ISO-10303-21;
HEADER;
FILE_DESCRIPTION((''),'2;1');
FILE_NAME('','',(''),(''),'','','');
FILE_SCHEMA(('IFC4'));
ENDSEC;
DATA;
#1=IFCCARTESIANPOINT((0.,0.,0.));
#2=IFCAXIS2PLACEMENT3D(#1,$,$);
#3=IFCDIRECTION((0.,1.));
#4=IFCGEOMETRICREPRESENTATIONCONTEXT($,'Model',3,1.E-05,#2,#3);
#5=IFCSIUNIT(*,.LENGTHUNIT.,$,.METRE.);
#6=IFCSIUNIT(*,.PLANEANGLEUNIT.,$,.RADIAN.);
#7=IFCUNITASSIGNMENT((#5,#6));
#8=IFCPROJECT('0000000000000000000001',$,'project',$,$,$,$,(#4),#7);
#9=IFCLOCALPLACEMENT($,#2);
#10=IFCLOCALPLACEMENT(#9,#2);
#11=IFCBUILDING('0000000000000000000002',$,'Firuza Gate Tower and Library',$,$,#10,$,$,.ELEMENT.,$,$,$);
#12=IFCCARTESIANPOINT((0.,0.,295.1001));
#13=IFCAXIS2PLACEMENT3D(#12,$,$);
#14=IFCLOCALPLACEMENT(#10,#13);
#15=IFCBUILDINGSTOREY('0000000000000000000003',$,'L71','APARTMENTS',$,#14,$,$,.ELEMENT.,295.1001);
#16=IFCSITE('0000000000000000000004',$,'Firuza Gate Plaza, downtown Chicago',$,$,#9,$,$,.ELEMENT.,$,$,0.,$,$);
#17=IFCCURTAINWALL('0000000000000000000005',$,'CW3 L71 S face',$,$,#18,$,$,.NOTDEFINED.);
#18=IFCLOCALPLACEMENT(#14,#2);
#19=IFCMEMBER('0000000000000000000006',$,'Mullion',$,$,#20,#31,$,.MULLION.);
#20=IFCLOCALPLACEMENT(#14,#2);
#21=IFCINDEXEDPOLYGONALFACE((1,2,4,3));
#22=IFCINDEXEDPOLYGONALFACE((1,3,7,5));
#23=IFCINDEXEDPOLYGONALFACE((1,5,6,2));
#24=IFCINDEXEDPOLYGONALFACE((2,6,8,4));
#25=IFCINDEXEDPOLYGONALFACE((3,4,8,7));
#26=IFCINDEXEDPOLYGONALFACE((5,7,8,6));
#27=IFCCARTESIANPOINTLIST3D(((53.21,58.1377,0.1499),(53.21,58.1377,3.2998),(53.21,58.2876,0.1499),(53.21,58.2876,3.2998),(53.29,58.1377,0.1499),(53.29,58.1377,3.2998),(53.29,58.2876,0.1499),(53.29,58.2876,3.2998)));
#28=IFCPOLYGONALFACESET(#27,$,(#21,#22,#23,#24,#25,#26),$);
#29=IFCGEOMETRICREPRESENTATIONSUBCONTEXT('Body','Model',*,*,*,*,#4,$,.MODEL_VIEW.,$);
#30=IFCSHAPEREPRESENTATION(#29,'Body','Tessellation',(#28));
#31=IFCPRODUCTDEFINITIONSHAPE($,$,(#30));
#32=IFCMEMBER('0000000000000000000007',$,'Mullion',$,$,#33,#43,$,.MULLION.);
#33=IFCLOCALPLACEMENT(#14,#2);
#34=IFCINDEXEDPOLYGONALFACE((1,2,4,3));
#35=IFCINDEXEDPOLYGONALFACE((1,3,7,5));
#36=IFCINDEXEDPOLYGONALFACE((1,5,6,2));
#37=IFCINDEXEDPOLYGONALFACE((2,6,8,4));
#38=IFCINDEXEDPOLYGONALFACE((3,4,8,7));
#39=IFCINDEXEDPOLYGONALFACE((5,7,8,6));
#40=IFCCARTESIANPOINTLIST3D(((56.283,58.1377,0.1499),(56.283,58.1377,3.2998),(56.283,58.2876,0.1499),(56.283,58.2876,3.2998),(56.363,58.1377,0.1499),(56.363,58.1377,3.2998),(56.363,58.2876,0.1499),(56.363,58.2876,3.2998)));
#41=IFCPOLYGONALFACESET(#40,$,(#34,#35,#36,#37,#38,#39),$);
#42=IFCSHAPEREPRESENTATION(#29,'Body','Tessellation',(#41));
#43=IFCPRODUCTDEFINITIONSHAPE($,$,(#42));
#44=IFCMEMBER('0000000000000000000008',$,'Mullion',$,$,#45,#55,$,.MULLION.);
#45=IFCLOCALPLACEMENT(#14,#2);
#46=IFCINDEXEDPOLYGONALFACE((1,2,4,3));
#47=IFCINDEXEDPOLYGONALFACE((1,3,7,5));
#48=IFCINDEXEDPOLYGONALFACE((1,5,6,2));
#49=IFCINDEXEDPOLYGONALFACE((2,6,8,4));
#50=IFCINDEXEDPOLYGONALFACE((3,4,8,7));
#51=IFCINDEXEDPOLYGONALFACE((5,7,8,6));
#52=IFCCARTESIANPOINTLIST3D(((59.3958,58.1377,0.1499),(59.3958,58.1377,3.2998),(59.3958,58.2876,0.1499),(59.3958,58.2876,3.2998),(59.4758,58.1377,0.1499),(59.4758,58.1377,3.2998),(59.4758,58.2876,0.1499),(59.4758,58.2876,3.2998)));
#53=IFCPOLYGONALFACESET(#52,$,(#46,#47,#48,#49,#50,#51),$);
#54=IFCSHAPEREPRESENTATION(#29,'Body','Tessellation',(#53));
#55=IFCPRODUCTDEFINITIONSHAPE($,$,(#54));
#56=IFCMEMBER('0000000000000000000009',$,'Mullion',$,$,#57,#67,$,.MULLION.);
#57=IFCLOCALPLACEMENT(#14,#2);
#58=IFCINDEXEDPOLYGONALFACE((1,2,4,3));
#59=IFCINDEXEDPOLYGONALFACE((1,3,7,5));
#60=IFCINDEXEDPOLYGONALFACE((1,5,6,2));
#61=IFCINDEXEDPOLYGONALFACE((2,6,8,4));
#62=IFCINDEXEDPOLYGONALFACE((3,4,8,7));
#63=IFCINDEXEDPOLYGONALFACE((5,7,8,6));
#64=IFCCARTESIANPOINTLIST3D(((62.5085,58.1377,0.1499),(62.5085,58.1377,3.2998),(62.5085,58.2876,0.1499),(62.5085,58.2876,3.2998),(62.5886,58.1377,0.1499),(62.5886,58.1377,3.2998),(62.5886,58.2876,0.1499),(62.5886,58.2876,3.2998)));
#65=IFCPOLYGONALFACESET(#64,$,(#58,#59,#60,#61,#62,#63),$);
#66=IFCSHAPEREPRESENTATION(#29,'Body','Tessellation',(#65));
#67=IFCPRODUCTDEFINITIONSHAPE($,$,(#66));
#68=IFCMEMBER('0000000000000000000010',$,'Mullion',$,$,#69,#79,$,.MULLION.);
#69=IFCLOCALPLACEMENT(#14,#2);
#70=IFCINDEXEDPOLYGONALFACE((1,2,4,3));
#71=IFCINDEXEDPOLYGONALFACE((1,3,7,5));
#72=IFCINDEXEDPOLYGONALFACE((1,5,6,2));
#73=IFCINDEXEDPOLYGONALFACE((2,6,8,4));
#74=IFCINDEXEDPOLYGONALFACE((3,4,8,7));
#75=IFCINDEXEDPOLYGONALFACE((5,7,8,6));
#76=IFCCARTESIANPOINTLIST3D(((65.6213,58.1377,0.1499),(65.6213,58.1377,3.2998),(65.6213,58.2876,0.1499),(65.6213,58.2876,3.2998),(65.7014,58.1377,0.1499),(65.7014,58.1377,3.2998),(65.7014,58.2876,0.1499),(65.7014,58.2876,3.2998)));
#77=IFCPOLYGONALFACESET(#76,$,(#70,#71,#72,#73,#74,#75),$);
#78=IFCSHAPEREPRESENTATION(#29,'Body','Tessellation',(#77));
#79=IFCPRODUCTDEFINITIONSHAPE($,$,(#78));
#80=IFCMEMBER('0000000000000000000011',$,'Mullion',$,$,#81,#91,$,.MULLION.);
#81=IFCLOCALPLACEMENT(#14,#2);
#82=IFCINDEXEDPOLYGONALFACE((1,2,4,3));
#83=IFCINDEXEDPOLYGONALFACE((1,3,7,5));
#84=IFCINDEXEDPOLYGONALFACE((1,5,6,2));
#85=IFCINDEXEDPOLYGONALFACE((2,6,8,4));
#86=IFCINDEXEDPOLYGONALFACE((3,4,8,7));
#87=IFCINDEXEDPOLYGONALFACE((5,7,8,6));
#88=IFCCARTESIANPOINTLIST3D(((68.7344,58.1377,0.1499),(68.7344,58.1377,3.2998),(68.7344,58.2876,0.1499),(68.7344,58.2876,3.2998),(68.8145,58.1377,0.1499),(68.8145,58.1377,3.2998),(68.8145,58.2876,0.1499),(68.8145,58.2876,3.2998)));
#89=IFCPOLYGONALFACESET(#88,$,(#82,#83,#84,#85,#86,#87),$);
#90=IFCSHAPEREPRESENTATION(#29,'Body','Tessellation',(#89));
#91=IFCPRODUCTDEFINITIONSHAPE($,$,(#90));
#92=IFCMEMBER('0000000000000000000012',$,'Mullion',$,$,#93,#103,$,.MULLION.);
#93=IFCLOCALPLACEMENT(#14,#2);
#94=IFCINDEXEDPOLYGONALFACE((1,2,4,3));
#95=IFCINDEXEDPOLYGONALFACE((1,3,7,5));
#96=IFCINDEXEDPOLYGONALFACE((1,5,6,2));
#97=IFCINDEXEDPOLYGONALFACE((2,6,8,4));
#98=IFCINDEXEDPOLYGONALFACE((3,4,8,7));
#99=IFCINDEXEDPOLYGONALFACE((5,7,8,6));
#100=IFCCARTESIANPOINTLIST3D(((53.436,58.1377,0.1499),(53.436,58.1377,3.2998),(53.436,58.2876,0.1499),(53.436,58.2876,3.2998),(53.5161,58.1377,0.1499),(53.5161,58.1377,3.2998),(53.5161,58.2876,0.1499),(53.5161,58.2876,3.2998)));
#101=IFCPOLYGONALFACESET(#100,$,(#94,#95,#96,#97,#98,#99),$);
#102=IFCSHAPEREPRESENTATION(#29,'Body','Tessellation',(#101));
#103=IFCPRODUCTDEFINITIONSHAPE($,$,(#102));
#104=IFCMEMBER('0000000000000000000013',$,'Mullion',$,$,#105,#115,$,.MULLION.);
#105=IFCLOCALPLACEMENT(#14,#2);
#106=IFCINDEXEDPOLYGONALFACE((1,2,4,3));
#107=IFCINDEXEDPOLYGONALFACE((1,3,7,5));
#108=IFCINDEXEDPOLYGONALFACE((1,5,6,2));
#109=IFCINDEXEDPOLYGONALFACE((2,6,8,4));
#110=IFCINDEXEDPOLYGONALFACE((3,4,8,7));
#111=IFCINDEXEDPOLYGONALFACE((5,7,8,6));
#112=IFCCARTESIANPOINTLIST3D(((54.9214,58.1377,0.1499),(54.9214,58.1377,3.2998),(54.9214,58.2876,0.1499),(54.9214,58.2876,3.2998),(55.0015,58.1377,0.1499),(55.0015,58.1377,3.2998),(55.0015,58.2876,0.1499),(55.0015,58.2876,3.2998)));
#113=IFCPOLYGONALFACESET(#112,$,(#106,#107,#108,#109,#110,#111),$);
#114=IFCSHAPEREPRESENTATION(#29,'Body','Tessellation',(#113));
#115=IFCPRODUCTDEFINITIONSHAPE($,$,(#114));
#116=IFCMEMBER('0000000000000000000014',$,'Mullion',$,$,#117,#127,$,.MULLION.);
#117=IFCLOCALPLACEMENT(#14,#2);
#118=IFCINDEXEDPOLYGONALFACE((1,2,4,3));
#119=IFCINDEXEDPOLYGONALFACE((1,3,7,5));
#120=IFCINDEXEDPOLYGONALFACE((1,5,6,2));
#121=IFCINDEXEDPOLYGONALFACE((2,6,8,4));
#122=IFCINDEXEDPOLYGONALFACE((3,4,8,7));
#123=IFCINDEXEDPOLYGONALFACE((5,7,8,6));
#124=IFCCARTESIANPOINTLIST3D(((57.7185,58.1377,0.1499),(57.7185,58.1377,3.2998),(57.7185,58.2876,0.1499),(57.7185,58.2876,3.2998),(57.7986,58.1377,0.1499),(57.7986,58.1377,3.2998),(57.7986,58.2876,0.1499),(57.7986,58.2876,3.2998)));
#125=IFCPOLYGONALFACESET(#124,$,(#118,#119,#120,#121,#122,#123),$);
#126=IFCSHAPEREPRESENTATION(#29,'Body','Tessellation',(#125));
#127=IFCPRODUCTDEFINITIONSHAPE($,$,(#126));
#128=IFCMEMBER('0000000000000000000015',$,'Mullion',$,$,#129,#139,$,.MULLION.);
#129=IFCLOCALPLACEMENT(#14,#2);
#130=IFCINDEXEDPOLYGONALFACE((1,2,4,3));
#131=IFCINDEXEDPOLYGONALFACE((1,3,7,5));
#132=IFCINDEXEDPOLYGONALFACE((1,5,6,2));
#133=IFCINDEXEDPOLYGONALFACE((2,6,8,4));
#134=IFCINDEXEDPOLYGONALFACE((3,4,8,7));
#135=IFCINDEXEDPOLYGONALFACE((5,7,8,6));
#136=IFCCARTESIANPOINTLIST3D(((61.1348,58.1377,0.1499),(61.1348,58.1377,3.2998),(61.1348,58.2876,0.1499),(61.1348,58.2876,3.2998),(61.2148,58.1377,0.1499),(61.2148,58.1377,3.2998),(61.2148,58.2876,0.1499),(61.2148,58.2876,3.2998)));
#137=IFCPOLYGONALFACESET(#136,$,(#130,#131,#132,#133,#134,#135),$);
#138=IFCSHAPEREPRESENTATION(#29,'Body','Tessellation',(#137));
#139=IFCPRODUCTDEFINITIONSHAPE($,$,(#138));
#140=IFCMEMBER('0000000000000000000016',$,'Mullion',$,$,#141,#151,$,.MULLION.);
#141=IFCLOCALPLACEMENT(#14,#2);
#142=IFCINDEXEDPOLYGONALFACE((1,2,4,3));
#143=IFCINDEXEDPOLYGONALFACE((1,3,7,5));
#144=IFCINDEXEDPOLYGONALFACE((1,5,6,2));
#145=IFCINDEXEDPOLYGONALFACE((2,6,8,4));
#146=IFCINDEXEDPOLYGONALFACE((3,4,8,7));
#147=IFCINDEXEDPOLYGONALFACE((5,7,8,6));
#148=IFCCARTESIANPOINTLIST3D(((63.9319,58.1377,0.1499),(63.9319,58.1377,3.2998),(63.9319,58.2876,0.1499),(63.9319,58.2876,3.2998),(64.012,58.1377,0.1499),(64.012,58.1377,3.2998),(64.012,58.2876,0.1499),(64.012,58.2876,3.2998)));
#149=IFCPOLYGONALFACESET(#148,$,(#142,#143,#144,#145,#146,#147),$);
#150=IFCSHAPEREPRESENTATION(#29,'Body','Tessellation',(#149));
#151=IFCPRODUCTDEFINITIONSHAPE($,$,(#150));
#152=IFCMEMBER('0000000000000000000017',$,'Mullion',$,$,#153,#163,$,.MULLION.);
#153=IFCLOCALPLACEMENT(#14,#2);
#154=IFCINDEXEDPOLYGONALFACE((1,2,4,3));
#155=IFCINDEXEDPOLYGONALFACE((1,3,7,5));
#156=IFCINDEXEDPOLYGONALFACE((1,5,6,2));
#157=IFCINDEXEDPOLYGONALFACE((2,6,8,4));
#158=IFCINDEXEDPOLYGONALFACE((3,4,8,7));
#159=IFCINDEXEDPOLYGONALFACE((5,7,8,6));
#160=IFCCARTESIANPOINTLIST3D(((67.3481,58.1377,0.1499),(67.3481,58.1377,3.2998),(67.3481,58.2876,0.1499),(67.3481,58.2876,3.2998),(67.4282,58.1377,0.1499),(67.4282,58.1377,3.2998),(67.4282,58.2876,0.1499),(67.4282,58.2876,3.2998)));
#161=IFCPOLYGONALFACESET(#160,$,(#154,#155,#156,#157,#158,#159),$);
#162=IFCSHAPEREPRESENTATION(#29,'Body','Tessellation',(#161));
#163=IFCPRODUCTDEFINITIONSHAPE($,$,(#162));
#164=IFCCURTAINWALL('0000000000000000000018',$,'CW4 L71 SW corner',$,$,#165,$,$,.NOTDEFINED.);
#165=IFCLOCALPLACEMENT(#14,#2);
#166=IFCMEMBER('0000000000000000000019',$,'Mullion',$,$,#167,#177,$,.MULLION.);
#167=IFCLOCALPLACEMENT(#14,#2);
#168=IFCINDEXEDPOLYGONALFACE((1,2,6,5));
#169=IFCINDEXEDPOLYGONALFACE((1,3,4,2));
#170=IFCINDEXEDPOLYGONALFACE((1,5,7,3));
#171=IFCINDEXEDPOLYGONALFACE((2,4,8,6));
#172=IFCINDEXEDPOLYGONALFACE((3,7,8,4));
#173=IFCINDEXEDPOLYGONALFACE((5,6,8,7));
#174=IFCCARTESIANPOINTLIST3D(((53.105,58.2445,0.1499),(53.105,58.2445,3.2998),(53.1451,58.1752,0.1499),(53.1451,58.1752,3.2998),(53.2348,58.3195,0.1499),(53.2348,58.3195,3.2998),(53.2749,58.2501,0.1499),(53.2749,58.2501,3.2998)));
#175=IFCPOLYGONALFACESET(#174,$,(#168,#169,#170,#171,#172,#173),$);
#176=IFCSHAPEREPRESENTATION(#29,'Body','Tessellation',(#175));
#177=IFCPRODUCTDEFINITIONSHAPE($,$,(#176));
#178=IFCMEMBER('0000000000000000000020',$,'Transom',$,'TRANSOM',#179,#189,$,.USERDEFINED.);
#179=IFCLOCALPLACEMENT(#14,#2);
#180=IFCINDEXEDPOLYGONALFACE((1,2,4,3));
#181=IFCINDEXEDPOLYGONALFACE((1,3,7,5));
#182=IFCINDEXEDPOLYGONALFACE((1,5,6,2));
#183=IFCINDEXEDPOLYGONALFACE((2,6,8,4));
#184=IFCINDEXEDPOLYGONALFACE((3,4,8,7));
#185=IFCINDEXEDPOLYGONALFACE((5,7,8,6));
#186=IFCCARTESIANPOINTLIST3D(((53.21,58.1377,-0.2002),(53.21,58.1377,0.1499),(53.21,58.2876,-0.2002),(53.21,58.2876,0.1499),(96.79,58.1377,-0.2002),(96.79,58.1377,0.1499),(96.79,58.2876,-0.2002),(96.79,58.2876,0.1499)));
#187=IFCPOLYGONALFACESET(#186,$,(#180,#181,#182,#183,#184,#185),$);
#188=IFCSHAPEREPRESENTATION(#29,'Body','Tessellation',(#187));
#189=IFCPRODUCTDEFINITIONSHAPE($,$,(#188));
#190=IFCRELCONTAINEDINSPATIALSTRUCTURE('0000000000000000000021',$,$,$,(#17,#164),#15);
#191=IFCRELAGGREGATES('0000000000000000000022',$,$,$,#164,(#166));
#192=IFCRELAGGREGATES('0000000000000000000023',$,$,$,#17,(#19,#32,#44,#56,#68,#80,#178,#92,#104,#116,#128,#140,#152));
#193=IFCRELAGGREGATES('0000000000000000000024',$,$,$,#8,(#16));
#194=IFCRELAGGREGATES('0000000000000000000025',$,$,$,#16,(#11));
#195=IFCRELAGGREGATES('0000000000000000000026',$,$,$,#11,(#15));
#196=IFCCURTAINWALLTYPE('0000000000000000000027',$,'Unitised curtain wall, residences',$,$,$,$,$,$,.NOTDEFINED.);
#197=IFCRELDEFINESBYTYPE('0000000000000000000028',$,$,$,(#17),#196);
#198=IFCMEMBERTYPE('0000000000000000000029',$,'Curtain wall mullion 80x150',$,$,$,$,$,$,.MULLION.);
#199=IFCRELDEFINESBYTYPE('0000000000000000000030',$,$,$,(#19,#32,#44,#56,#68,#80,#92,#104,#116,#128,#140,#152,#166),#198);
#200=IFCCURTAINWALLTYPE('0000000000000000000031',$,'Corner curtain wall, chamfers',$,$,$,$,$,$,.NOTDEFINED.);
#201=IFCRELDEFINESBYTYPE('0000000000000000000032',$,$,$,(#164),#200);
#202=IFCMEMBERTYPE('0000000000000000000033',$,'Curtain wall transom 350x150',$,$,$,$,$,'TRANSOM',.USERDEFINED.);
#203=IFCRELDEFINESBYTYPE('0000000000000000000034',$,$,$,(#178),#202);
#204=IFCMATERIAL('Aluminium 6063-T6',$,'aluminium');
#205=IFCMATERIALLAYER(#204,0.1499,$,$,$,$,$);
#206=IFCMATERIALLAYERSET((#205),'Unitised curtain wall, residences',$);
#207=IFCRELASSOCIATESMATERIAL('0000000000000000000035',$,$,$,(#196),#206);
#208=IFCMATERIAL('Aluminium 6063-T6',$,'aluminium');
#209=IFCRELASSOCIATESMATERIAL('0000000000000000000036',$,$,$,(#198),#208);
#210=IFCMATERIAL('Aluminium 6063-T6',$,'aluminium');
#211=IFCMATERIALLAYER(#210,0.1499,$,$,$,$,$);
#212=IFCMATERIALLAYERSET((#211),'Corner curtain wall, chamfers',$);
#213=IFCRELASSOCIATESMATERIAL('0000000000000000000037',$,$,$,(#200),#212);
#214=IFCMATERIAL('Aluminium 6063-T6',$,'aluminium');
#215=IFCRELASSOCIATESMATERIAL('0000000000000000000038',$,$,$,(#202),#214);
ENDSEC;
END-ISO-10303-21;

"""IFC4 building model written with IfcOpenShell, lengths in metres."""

from ifc_helpers import new_model, si_unit, direction, frame, origin, origin_2d, place, context, subcontext, project, spatial, rectangle, extrude, material, layer, layer_set, material_profile, profile_set, type_object, element, aggregate, save


model = new_model("IFC4")

# Units and contexts
model_context = context("Model", 3, precision=1e-05, world=origin(), true_north=direction((0.0, 1.0)))
body_context = subcontext(model_context, "Body", "Model", "MODEL_VIEW")
ifc_project = project(units=[si_unit("LENGTHUNIT", "METRE"), si_unit("PLANEANGLEUNIT", "RADIAN")], contexts=[model_context])

# Site, building, storey
site_placement = place(None, origin())
site = spatial("IfcSite", under=ifc_project, at=site_placement, Name="Firuza Gate Plaza, downtown Chicago", CompositionType="ELEMENT", RefElevation=0.0)
building_placement = place(site_placement, origin())
building = spatial("IfcBuilding", under=site, at=building_placement, Name="Firuza Gate Tower and Library", CompositionType="ELEMENT")
storey_placement = place(building_placement, frame((0.0, 0.0, 295.1001)))
storey = spatial("IfcBuildingStorey", under=building, at=storey_placement, Name="L71", Description="APARTMENTS", CompositionType="ELEMENT", Elevation=295.1001)

# Curtain wall, members
ifc_material_1 = material(Name="Aluminium 6063-T6", Category="aluminium")
ifc_layer_1 = layer(ifc_material_1, 0.1499)
ifc_layer_set_1 = layer_set([ifc_layer_1], Name="Unitised curtain wall, residences")
curtain_wall_type_1 = type_object("IfcCurtainWallType", Name="Unitised curtain wall, residences", PredefinedType="NOTDEFINED", material=ifc_layer_set_1)
placement_1 = place(storey_placement, origin())
curtain_wall_1 = element("IfcCurtainWall", 1, at=placement_1, inside=storey, type_object=curtain_wall_type_1, Name="CW3 L71 S face", PredefinedType="NOTDEFINED")
ifc_material_2 = material(Name="Aluminium 6063-T6", Category="aluminium")
ifc_material_profile_1 = material_profile(ifc_material_2, rectangle(XDim=0.1499, YDim=0.0801, at=origin_2d()))
ifc_profile_set_1 = profile_set([ifc_material_profile_1], Name="Aluminium 6063-T6")
member_type_1 = type_object("IfcMemberType", Name="Curtain wall mullion 80x150", PredefinedType="MULLION", material=ifc_profile_set_1)
member_1_placement = place(storey_placement, frame((53.25, 58.2126, 0.1499), z_axis=(0.0, 0.0, 1.0), x_axis=(0.0, 1.0, 0.0)))
member_1 = element("IfcMember", 2, at=member_1_placement, type_object=member_type_1, Name="Mullion", PredefinedType="MULLION", context=body_context, shape_type="SweptSolid", body=[
    extrude(rectangle(XDim=0.1499, YDim=0.0801, at=origin_2d()), origin(), (0.0, 0.0, 1.0), 3.1499),
])
member_2_placement = place(storey_placement, frame((56.323, 58.2126, 0.1499), z_axis=(0.0, 0.0, 1.0), x_axis=(0.0, 1.0, 0.0)))
member_2 = element("IfcMember", 3, at=member_2_placement, type_object=member_type_1, Name="Mullion", PredefinedType="MULLION", context=body_context, shape_type="SweptSolid", body=[
    extrude(rectangle(XDim=0.1499, YDim=0.0801, at=origin_2d()), origin(), (0.0, 0.0, 1.0), 3.1499),
])
member_3_placement = place(storey_placement, frame((59.4358, 58.2126, 0.1499), z_axis=(0.0, 0.0, 1.0), x_axis=(0.0, 1.0, 0.0)))
member_3 = element("IfcMember", 4, at=member_3_placement, type_object=member_type_1, Name="Mullion", PredefinedType="MULLION", context=body_context, shape_type="SweptSolid", body=[
    extrude(rectangle(XDim=0.1499, YDim=0.0801, at=origin_2d()), origin(), (0.0, 0.0, 1.0), 3.1499),
])
member_4_placement = place(storey_placement, frame((62.5486, 58.2126, 0.1499), z_axis=(0.0, 0.0, 1.0), x_axis=(0.0, 1.0, 0.0)))
member_4 = element("IfcMember", 5, at=member_4_placement, type_object=member_type_1, Name="Mullion", PredefinedType="MULLION", context=body_context, shape_type="SweptSolid", body=[
    extrude(rectangle(XDim=0.1499, YDim=0.0801, at=origin_2d()), origin(), (0.0, 0.0, 1.0), 3.1499),
])
member_5_placement = place(storey_placement, frame((65.6614, 58.2126, 0.1499), z_axis=(0.0, 0.0, 1.0), x_axis=(0.0, 1.0, 0.0)))
member_5 = element("IfcMember", 6, at=member_5_placement, type_object=member_type_1, Name="Mullion", PredefinedType="MULLION", context=body_context, shape_type="SweptSolid", body=[
    extrude(rectangle(XDim=0.1499, YDim=0.0801, at=origin_2d()), origin(), (0.0, 0.0, 1.0), 3.1499),
])
member_6_placement = place(storey_placement, frame((68.7744, 58.2126, 0.1499), z_axis=(0.0, 0.0, 1.0), x_axis=(0.0, 1.0, 0.0)))
member_6 = element("IfcMember", 7, at=member_6_placement, type_object=member_type_1, Name="Mullion", PredefinedType="MULLION", context=body_context, shape_type="SweptSolid", body=[
    extrude(rectangle(XDim=0.1499, YDim=0.0801, at=origin_2d()), origin(), (0.0, 0.0, 1.0), 3.1499),
])
member_7_placement = place(storey_placement, frame((53.4761, 58.2126, 0.1499), z_axis=(0.0, 0.0, 1.0), x_axis=(0.0, 1.0, 0.0)))
member_7 = element("IfcMember", 8, at=member_7_placement, type_object=member_type_1, Name="Mullion", PredefinedType="MULLION", context=body_context, shape_type="SweptSolid", body=[
    extrude(rectangle(XDim=0.1499, YDim=0.0801, at=origin_2d()), origin(), (0.0, 0.0, 1.0), 3.1499),
])
member_8_placement = place(storey_placement, frame((54.9614, 58.2126, 0.1499), z_axis=(0.0, 0.0, 1.0), x_axis=(0.0, 1.0, 0.0)))
member_8 = element("IfcMember", 9, at=member_8_placement, type_object=member_type_1, Name="Mullion", PredefinedType="MULLION", context=body_context, shape_type="SweptSolid", body=[
    extrude(rectangle(XDim=0.1499, YDim=0.0801, at=origin_2d()), origin(), (0.0, 0.0, 1.0), 3.1499),
])
member_9_placement = place(storey_placement, frame((57.7585, 58.2126, 0.1499), z_axis=(0.0, 0.0, 1.0), x_axis=(0.0, 1.0, 0.0)))
member_9 = element("IfcMember", 10, at=member_9_placement, type_object=member_type_1, Name="Mullion", PredefinedType="MULLION", context=body_context, shape_type="SweptSolid", body=[
    extrude(rectangle(XDim=0.1499, YDim=0.0801, at=origin_2d()), origin(), (0.0, 0.0, 1.0), 3.1499),
])
member_10_placement = place(storey_placement, frame((61.1748, 58.2126, 0.1499), z_axis=(0.0, 0.0, 1.0), x_axis=(0.0, 1.0, 0.0)))
member_10 = element("IfcMember", 11, at=member_10_placement, type_object=member_type_1, Name="Mullion", PredefinedType="MULLION", context=body_context, shape_type="SweptSolid", body=[
    extrude(rectangle(XDim=0.1499, YDim=0.0801, at=origin_2d()), origin(), (0.0, 0.0, 1.0), 3.1499),
])
member_11_placement = place(storey_placement, frame((63.9719, 58.2126, 0.1499), z_axis=(0.0, 0.0, 1.0), x_axis=(0.0, 1.0, 0.0)))
member_11 = element("IfcMember", 12, at=member_11_placement, type_object=member_type_1, Name="Mullion", PredefinedType="MULLION", context=body_context, shape_type="SweptSolid", body=[
    extrude(rectangle(XDim=0.1499, YDim=0.0801, at=origin_2d()), origin(), (0.0, 0.0, 1.0), 3.1499),
])
member_12_placement = place(storey_placement, frame((67.3882, 58.2126, 0.1499), z_axis=(0.0, 0.0, 1.0), x_axis=(0.0, 1.0, 0.0)))
member_12 = element("IfcMember", 13, at=member_12_placement, type_object=member_type_1, Name="Mullion", PredefinedType="MULLION", context=body_context, shape_type="SweptSolid", body=[
    extrude(rectangle(XDim=0.1499, YDim=0.0801, at=origin_2d()), origin(), (0.0, 0.0, 1.0), 3.1499),
])

# Curtain wall, member
ifc_material_3 = material(Name="Aluminium 6063-T6", Category="aluminium")
ifc_layer_2 = layer(ifc_material_3, 0.1499)
ifc_layer_set_2 = layer_set([ifc_layer_2], Name="Corner curtain wall, chamfers")
curtain_wall_type_2 = type_object("IfcCurtainWallType", Name="Corner curtain wall, chamfers", PredefinedType="NOTDEFINED", material=ifc_layer_set_2)
curtain_wall_2 = element("IfcCurtainWall", 14, at=placement_1, inside=storey, type_object=curtain_wall_type_2, Name="CW4 L71 SW corner", PredefinedType="NOTDEFINED")
member_13_placement = place(storey_placement, frame((53.1899, 58.2473, 0.1499), z_axis=(0.0, 0.0, 1.0), x_axis=(0.866025, 0.5, 0.0)))
member_13 = element("IfcMember", 15, at=member_13_placement, type_object=member_type_1, Name="Mullion", PredefinedType="MULLION", context=body_context, shape_type="SweptSolid", body=[
    extrude(rectangle(XDim=0.1499, YDim=0.0801, at=origin_2d()), origin(), (0.0, 0.0, 1.0), 3.1499),
])
aggregate(curtain_wall_2, [member_13])

# Member
ifc_material_4 = material(Name="Aluminium 6063-T6", Category="aluminium")
ifc_material_profile_2 = material_profile(ifc_material_4, rectangle(XDim=0.1499, YDim=0.3501, at=origin_2d()))
ifc_profile_set_2 = profile_set([ifc_material_profile_2], Name="Aluminium 6063-T6")
member_type_2 = type_object("IfcMemberType", Name="Curtain wall transom 350x150", ElementType="TRANSOM", PredefinedType="USERDEFINED", material=ifc_profile_set_2)
member_14_placement = place(storey_placement, frame((53.21, 58.2126, -0.0251), z_axis=(1.0, 0.0, 0.0), x_axis=(0.0, 1.0, 0.0)))
member_14 = element("IfcMember", 16, at=member_14_placement, type_object=member_type_2, Name="Transom", ObjectType="TRANSOM", PredefinedType="USERDEFINED", context=body_context, shape_type="SweptSolid", body=[
    extrude(rectangle(XDim=0.1499, YDim=0.3501, at=origin_2d()), origin(), (0.0, 0.0, 1.0), 43.5801),
])

aggregate(curtain_wall_1, [member_1, member_2, member_3, member_4, member_5, member_6, member_14, member_7, member_8, member_9, member_10, member_11, member_12])

save(model, "model.ifc")
